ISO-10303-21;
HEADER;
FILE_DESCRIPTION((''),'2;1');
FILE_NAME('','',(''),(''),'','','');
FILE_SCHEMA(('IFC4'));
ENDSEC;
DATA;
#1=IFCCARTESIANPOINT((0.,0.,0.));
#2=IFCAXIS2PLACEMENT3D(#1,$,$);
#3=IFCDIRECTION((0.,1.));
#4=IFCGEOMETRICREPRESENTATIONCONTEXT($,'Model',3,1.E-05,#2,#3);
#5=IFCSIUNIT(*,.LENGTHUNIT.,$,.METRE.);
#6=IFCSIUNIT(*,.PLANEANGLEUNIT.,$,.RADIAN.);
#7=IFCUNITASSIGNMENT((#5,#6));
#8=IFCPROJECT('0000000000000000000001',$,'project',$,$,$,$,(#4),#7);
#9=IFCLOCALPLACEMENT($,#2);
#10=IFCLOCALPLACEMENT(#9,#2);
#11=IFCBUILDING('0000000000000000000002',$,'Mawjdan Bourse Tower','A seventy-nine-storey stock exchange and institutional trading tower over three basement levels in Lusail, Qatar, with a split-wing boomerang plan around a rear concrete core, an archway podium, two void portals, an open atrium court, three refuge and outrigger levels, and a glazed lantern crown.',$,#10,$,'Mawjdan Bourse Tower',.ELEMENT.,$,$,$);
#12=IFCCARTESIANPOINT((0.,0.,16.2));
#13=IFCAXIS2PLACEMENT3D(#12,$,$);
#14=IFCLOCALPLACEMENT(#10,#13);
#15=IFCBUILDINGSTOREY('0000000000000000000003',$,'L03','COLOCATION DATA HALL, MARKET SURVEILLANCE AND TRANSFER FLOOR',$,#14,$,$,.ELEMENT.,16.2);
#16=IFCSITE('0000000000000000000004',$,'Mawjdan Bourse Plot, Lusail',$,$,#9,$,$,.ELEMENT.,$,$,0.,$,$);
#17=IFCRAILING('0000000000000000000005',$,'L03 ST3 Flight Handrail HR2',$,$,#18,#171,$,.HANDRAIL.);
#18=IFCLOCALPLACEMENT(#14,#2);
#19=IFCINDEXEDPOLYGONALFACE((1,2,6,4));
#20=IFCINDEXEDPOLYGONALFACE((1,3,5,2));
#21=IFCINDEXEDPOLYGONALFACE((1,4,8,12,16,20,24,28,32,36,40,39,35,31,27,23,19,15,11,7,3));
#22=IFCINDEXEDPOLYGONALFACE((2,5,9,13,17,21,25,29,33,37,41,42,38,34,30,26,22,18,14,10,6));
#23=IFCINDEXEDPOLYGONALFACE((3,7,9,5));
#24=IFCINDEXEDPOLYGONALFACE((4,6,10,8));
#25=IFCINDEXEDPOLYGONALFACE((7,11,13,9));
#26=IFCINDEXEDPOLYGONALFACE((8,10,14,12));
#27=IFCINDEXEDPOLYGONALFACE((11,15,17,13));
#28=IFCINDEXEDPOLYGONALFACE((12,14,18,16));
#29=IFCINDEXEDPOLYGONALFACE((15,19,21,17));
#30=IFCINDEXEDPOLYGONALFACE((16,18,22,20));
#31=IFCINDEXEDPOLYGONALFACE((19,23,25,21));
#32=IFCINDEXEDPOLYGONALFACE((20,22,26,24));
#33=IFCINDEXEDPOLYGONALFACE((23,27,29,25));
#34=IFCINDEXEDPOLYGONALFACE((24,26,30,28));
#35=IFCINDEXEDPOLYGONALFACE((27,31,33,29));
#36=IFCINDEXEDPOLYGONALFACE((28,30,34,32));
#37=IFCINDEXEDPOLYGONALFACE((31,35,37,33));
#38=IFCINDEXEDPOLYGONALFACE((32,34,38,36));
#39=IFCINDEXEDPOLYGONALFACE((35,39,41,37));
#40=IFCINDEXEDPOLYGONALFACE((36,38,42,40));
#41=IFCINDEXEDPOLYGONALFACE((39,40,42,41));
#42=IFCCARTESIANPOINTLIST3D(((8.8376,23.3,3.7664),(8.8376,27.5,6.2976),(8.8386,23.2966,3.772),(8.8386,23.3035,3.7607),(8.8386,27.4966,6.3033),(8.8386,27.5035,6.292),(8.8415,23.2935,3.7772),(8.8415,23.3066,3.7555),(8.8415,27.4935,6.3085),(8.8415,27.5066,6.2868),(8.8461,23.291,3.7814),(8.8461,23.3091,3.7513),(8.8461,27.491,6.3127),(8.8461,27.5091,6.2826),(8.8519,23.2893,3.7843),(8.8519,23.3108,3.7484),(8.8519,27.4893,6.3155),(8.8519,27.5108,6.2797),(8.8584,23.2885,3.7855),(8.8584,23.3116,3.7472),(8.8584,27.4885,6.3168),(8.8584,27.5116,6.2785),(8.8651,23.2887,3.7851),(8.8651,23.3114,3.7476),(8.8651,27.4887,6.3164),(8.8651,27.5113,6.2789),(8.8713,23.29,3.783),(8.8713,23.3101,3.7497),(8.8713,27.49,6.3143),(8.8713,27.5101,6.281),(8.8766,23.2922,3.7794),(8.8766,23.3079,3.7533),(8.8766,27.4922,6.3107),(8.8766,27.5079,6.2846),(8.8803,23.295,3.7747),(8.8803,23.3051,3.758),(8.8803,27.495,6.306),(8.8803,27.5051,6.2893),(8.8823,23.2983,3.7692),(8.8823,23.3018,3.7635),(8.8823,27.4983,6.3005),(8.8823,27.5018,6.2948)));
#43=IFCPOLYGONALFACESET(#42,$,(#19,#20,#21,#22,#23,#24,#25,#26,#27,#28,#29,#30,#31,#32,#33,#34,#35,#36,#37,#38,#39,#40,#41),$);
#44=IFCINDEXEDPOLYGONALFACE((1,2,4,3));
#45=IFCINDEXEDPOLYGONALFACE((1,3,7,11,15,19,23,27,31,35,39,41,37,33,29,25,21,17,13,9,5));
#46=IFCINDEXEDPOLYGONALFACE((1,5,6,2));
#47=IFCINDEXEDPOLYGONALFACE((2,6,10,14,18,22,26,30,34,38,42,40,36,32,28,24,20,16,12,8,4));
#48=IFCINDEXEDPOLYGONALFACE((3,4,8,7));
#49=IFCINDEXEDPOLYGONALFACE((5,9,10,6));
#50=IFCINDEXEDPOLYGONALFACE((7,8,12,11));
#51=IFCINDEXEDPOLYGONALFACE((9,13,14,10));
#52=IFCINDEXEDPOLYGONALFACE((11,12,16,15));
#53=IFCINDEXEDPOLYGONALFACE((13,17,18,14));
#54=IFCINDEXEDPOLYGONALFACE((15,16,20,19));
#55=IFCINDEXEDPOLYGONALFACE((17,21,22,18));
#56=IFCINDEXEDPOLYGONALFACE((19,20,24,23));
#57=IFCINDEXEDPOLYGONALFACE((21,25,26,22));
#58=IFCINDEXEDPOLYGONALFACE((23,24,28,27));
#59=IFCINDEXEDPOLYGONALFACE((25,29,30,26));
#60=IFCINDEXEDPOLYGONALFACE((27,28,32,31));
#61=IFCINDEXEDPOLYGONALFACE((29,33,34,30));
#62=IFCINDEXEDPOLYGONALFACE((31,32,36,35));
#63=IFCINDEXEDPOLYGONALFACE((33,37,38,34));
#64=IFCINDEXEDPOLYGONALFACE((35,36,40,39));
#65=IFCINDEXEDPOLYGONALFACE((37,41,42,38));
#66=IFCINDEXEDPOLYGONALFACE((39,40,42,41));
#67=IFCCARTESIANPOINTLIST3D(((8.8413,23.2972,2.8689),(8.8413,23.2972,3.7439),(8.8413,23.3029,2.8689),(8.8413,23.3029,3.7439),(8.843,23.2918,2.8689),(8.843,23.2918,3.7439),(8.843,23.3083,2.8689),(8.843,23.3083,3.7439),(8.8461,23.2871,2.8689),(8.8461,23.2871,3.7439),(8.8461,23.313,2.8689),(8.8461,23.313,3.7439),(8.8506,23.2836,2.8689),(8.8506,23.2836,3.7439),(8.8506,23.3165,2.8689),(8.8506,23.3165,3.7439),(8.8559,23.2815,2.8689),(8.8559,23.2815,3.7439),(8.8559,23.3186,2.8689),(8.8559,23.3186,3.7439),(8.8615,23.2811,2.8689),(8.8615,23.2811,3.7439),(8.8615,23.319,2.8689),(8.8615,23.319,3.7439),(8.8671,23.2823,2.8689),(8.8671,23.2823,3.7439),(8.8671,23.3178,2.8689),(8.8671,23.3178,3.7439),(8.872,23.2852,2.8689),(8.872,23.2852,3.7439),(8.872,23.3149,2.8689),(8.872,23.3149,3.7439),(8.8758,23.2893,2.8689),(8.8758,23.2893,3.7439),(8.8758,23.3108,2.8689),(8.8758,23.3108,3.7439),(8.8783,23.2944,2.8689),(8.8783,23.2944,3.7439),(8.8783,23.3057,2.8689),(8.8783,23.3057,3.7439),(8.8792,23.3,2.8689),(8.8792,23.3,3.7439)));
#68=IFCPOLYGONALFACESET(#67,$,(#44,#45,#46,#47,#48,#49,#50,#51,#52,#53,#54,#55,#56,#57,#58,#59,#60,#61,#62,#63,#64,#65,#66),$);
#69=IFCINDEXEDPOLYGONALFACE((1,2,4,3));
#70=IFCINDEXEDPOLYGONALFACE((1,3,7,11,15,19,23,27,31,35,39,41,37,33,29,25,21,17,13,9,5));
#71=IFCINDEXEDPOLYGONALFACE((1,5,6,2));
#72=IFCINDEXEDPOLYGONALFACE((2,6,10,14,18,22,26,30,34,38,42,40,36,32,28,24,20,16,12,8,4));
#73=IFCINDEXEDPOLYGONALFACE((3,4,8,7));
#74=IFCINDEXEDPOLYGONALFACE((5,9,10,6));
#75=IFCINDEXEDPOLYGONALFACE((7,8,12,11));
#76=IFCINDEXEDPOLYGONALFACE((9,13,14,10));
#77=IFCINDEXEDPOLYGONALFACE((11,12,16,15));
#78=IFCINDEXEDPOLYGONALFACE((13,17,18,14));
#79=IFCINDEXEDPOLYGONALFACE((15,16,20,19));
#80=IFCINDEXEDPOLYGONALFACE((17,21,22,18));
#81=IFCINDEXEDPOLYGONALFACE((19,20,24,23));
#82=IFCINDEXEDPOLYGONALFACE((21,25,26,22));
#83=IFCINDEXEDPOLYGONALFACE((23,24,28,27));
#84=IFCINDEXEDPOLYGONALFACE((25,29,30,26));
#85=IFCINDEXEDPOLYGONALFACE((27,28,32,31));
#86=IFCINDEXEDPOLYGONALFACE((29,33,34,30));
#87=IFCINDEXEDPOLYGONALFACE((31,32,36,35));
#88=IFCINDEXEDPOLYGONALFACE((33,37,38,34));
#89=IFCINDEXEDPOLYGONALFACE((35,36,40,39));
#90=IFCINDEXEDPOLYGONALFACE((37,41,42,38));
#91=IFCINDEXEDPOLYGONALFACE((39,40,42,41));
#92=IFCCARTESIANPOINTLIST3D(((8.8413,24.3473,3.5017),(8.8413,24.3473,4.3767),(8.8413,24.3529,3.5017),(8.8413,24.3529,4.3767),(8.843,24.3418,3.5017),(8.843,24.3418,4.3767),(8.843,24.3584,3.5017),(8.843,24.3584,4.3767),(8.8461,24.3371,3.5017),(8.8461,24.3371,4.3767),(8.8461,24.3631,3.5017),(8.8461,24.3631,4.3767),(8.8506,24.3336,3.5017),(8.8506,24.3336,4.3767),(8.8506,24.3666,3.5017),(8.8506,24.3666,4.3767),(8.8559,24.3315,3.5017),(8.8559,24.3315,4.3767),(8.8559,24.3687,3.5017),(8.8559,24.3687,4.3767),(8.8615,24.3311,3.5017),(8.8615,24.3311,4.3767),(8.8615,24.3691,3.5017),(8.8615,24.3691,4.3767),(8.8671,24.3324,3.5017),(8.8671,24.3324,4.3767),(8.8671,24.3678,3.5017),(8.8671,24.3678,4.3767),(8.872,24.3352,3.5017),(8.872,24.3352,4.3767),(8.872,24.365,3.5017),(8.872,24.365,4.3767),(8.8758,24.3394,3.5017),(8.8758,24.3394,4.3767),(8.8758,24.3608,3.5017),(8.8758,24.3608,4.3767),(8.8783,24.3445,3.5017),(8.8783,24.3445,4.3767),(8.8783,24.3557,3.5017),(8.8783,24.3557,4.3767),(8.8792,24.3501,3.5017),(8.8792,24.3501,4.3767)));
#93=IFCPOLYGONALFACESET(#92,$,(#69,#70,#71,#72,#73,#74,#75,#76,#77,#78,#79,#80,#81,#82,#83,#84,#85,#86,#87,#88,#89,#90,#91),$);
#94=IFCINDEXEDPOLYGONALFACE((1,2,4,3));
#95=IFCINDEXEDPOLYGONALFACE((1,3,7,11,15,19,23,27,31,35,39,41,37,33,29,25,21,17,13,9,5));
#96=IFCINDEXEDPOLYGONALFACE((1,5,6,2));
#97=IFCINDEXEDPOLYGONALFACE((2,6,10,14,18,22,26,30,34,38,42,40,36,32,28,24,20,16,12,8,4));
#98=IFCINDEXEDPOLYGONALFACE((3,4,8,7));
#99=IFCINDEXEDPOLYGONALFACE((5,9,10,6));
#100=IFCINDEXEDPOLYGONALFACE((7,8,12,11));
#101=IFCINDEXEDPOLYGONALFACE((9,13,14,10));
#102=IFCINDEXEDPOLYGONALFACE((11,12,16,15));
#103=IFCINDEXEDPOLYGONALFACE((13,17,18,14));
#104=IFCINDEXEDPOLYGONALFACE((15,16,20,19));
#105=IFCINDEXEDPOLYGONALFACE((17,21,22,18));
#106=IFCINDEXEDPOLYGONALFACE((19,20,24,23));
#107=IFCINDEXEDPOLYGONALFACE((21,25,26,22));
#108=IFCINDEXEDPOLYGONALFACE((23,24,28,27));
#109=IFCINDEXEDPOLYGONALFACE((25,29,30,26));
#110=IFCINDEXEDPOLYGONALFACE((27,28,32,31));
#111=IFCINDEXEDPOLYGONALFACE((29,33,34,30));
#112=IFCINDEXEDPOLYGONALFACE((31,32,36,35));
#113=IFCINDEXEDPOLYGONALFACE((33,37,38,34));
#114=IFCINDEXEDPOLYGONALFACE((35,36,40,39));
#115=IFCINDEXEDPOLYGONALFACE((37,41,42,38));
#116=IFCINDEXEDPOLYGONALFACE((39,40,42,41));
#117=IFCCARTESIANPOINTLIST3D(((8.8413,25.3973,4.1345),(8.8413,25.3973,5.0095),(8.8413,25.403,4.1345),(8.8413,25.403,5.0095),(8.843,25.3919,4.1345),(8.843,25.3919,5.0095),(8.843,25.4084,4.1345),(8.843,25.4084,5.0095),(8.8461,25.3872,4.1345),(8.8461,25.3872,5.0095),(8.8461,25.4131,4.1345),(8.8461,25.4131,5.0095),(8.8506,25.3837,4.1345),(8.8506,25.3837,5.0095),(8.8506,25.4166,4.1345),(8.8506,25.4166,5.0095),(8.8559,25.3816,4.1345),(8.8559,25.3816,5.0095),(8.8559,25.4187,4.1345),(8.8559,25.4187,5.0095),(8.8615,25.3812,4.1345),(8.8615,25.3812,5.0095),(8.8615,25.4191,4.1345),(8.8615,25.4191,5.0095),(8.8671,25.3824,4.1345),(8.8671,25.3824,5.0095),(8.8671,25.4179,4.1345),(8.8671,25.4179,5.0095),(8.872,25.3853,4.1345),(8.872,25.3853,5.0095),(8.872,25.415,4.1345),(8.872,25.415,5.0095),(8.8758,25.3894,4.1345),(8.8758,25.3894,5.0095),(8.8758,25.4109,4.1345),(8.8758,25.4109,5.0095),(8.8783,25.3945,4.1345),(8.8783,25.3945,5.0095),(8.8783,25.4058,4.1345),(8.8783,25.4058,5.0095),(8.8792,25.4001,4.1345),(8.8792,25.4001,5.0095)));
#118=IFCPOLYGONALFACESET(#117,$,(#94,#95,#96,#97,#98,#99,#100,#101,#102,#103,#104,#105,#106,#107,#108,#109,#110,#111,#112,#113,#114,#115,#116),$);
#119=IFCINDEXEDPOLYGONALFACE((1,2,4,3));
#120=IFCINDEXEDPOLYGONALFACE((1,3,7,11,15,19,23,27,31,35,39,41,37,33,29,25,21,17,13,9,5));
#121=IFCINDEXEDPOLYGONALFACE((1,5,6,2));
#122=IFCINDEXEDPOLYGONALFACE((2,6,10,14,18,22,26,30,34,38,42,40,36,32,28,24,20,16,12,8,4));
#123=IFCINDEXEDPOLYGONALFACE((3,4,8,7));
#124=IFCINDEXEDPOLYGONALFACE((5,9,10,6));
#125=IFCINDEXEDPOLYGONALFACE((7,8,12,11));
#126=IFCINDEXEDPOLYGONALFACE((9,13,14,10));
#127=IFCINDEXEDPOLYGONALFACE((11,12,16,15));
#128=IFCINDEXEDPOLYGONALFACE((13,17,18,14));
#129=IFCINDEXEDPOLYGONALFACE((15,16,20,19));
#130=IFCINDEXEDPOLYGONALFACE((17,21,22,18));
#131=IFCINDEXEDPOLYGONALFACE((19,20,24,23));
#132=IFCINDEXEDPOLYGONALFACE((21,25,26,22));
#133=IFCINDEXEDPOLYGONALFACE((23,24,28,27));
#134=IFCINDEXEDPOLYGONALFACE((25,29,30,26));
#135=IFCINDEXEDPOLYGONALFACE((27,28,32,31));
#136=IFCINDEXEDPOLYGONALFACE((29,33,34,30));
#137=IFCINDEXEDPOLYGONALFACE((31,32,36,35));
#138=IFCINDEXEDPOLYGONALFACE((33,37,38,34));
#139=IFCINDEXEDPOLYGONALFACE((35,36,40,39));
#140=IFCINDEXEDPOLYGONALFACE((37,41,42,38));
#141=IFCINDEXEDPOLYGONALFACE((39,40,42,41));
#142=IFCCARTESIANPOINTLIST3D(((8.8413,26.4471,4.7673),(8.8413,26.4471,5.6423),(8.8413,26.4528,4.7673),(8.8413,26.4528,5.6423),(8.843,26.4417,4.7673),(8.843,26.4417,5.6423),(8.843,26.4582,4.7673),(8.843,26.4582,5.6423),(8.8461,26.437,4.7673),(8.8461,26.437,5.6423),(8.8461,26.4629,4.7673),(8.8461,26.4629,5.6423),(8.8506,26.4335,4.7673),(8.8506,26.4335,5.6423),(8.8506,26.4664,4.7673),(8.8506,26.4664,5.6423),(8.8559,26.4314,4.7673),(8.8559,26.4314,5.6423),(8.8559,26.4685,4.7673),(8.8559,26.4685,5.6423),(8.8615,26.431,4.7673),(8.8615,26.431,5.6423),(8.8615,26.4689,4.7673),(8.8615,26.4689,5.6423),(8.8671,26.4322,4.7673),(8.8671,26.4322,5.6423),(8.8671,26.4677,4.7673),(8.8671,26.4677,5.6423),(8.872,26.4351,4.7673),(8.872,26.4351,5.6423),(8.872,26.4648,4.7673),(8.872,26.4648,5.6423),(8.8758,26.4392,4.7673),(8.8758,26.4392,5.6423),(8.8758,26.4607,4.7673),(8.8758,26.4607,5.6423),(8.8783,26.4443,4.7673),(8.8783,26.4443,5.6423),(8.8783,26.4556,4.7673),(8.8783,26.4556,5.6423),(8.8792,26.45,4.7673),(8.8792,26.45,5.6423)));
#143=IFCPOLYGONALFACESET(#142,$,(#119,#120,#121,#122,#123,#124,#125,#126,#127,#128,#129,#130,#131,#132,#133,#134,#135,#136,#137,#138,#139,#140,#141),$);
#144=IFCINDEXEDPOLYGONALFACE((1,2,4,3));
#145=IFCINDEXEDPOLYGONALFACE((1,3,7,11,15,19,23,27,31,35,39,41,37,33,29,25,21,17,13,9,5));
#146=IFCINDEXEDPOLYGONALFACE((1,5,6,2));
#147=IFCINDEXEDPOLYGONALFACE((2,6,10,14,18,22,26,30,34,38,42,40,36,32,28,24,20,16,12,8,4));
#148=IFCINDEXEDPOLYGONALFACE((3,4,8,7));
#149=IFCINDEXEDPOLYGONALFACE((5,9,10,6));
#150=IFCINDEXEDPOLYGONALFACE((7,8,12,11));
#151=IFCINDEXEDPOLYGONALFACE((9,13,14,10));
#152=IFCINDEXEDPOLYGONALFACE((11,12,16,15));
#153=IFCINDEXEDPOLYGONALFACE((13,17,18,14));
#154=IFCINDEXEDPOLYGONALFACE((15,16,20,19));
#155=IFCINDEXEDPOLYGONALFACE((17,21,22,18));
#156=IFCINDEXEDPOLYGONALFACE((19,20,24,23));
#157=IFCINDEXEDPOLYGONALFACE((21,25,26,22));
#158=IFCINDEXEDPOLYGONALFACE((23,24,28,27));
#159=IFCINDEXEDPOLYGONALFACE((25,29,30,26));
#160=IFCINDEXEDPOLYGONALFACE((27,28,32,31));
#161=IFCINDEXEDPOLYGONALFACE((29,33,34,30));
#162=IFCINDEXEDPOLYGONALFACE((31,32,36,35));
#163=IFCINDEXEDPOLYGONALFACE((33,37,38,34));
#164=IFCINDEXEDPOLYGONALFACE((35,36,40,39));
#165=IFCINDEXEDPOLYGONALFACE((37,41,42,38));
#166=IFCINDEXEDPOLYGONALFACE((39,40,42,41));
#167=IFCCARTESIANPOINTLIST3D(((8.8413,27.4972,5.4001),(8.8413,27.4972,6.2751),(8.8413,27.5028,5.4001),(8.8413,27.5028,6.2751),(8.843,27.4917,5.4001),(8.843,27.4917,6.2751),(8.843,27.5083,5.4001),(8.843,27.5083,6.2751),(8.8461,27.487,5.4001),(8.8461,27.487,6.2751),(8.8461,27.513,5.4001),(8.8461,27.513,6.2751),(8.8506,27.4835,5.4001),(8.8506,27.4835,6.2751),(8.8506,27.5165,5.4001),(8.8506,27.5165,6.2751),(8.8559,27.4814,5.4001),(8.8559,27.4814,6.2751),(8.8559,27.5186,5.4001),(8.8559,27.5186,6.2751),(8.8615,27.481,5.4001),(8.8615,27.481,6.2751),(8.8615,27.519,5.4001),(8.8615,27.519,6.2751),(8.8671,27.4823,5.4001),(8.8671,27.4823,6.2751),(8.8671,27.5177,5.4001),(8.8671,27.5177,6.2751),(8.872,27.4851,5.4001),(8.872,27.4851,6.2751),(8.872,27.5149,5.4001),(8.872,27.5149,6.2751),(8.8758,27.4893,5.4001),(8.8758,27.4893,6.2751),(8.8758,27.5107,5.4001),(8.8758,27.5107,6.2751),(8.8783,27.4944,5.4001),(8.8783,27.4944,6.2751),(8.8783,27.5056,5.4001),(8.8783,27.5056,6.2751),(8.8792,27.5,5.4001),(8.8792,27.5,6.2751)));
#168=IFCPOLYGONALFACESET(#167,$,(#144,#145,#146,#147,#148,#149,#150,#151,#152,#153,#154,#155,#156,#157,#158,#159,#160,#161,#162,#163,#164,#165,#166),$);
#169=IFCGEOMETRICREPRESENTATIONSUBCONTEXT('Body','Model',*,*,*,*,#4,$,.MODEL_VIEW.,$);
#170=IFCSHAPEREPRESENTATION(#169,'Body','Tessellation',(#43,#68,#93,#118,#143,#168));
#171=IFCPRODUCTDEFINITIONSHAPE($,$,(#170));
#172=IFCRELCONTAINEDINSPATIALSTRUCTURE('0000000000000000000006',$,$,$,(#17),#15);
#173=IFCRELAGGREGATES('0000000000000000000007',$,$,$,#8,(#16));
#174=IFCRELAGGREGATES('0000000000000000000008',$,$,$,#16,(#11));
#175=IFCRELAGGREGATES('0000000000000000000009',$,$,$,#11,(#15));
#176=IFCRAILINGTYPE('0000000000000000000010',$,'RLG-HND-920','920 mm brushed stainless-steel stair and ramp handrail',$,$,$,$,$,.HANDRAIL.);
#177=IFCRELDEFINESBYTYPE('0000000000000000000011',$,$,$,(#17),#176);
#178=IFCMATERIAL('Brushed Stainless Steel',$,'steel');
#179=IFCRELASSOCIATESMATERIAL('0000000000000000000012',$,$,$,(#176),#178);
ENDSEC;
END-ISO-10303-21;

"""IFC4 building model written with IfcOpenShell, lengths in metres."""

from ifc_helpers import new_model, si_unit, direction, frame, origin, origin_2d, place, context, subcontext, project, spatial, circle, extrude, material, type_object, element, save


model = new_model("IFC4")

# Units and contexts
model_context = context("Model", 3, precision=1e-05, world=origin(), true_north=direction((0.0, 1.0)))
body_context = subcontext(model_context, "Body", "Model", "MODEL_VIEW")
ifc_project = project(units=[si_unit("LENGTHUNIT", "METRE"), si_unit("PLANEANGLEUNIT", "RADIAN")], contexts=[model_context])

# Site, building, storey
site_placement = place(None, origin())
site = spatial("IfcSite", under=ifc_project, at=site_placement, Name="Mawjdan Bourse Plot, Lusail", CompositionType="ELEMENT", RefElevation=0.0)
building_placement = place(site_placement, origin())
building = spatial("IfcBuilding", under=site, at=building_placement, Name="Mawjdan Bourse Tower", Description="A seventy-nine-storey stock exchange and institutional trading tower over three basement levels in Lusail, Qatar, with a split-wing boomerang plan around a rear concrete core, an archway podium, two void portals, an open atrium court, three refuge and outrigger levels, and a glazed lantern crown.", LongName="Mawjdan Bourse Tower", CompositionType="ELEMENT")
storey_placement = place(building_placement, frame((0.0, 0.0, 16.2)))
storey = spatial("IfcBuildingStorey", under=building, at=storey_placement, Name="L03", Description="COLOCATION DATA HALL, MARKET SURVEILLANCE AND TRANSFER FLOOR", CompositionType="ELEMENT", Elevation=16.2)

# Railing
ifc_material_1 = material(Name="Brushed Stainless Steel", Category="steel")
railing_type_1 = type_object("IfcRailingType", Name="RLG-HND-920", Description="920 mm brushed stainless-steel stair and ramp handrail", PredefinedType="HANDRAIL", material=ifc_material_1)
railing_placement = place(storey_placement, frame((8.8601, 23.3, 2.8689)))
element("IfcRailing", 1, at=railing_placement, inside=storey, type_object=railing_type_1, Name="L03 ST3 Flight Handrail HR2", PredefinedType="HANDRAIL", context=body_context, shape_type="SweptSolid", body=[
    extrude(circle(Radius=0.0225, at=origin_2d()), frame((0.0, 0.0, 0.8975), z_axis=(0.0, 0.856476, 0.516186), x_axis=(-1.0, 0.0, 0.0)), (0.0, 0.0, 1.0), 4.9038),
    extrude(circle(Radius=0.019, at=origin_2d()), origin(), (0.0, 0.0, 1.0), 0.875),
    extrude(circle(Radius=0.019, at=origin_2d()), frame((0.0, 1.05, 0.6328)), (0.0, 0.0, 1.0), 0.875),
    extrude(circle(Radius=0.019, at=origin_2d()), frame((0.0, 2.1001, 1.2656)), (0.0, 0.0, 1.0), 0.875),
    extrude(circle(Radius=0.019, at=origin_2d()), frame((0.0, 3.1499, 1.8984)), (0.0, 0.0, 1.0), 0.875),
    extrude(circle(Radius=0.019, at=origin_2d()), frame((0.0, 4.2, 2.5312)), (0.0, 0.0, 1.0), 0.875),
])

save(model, "model.ifc")
